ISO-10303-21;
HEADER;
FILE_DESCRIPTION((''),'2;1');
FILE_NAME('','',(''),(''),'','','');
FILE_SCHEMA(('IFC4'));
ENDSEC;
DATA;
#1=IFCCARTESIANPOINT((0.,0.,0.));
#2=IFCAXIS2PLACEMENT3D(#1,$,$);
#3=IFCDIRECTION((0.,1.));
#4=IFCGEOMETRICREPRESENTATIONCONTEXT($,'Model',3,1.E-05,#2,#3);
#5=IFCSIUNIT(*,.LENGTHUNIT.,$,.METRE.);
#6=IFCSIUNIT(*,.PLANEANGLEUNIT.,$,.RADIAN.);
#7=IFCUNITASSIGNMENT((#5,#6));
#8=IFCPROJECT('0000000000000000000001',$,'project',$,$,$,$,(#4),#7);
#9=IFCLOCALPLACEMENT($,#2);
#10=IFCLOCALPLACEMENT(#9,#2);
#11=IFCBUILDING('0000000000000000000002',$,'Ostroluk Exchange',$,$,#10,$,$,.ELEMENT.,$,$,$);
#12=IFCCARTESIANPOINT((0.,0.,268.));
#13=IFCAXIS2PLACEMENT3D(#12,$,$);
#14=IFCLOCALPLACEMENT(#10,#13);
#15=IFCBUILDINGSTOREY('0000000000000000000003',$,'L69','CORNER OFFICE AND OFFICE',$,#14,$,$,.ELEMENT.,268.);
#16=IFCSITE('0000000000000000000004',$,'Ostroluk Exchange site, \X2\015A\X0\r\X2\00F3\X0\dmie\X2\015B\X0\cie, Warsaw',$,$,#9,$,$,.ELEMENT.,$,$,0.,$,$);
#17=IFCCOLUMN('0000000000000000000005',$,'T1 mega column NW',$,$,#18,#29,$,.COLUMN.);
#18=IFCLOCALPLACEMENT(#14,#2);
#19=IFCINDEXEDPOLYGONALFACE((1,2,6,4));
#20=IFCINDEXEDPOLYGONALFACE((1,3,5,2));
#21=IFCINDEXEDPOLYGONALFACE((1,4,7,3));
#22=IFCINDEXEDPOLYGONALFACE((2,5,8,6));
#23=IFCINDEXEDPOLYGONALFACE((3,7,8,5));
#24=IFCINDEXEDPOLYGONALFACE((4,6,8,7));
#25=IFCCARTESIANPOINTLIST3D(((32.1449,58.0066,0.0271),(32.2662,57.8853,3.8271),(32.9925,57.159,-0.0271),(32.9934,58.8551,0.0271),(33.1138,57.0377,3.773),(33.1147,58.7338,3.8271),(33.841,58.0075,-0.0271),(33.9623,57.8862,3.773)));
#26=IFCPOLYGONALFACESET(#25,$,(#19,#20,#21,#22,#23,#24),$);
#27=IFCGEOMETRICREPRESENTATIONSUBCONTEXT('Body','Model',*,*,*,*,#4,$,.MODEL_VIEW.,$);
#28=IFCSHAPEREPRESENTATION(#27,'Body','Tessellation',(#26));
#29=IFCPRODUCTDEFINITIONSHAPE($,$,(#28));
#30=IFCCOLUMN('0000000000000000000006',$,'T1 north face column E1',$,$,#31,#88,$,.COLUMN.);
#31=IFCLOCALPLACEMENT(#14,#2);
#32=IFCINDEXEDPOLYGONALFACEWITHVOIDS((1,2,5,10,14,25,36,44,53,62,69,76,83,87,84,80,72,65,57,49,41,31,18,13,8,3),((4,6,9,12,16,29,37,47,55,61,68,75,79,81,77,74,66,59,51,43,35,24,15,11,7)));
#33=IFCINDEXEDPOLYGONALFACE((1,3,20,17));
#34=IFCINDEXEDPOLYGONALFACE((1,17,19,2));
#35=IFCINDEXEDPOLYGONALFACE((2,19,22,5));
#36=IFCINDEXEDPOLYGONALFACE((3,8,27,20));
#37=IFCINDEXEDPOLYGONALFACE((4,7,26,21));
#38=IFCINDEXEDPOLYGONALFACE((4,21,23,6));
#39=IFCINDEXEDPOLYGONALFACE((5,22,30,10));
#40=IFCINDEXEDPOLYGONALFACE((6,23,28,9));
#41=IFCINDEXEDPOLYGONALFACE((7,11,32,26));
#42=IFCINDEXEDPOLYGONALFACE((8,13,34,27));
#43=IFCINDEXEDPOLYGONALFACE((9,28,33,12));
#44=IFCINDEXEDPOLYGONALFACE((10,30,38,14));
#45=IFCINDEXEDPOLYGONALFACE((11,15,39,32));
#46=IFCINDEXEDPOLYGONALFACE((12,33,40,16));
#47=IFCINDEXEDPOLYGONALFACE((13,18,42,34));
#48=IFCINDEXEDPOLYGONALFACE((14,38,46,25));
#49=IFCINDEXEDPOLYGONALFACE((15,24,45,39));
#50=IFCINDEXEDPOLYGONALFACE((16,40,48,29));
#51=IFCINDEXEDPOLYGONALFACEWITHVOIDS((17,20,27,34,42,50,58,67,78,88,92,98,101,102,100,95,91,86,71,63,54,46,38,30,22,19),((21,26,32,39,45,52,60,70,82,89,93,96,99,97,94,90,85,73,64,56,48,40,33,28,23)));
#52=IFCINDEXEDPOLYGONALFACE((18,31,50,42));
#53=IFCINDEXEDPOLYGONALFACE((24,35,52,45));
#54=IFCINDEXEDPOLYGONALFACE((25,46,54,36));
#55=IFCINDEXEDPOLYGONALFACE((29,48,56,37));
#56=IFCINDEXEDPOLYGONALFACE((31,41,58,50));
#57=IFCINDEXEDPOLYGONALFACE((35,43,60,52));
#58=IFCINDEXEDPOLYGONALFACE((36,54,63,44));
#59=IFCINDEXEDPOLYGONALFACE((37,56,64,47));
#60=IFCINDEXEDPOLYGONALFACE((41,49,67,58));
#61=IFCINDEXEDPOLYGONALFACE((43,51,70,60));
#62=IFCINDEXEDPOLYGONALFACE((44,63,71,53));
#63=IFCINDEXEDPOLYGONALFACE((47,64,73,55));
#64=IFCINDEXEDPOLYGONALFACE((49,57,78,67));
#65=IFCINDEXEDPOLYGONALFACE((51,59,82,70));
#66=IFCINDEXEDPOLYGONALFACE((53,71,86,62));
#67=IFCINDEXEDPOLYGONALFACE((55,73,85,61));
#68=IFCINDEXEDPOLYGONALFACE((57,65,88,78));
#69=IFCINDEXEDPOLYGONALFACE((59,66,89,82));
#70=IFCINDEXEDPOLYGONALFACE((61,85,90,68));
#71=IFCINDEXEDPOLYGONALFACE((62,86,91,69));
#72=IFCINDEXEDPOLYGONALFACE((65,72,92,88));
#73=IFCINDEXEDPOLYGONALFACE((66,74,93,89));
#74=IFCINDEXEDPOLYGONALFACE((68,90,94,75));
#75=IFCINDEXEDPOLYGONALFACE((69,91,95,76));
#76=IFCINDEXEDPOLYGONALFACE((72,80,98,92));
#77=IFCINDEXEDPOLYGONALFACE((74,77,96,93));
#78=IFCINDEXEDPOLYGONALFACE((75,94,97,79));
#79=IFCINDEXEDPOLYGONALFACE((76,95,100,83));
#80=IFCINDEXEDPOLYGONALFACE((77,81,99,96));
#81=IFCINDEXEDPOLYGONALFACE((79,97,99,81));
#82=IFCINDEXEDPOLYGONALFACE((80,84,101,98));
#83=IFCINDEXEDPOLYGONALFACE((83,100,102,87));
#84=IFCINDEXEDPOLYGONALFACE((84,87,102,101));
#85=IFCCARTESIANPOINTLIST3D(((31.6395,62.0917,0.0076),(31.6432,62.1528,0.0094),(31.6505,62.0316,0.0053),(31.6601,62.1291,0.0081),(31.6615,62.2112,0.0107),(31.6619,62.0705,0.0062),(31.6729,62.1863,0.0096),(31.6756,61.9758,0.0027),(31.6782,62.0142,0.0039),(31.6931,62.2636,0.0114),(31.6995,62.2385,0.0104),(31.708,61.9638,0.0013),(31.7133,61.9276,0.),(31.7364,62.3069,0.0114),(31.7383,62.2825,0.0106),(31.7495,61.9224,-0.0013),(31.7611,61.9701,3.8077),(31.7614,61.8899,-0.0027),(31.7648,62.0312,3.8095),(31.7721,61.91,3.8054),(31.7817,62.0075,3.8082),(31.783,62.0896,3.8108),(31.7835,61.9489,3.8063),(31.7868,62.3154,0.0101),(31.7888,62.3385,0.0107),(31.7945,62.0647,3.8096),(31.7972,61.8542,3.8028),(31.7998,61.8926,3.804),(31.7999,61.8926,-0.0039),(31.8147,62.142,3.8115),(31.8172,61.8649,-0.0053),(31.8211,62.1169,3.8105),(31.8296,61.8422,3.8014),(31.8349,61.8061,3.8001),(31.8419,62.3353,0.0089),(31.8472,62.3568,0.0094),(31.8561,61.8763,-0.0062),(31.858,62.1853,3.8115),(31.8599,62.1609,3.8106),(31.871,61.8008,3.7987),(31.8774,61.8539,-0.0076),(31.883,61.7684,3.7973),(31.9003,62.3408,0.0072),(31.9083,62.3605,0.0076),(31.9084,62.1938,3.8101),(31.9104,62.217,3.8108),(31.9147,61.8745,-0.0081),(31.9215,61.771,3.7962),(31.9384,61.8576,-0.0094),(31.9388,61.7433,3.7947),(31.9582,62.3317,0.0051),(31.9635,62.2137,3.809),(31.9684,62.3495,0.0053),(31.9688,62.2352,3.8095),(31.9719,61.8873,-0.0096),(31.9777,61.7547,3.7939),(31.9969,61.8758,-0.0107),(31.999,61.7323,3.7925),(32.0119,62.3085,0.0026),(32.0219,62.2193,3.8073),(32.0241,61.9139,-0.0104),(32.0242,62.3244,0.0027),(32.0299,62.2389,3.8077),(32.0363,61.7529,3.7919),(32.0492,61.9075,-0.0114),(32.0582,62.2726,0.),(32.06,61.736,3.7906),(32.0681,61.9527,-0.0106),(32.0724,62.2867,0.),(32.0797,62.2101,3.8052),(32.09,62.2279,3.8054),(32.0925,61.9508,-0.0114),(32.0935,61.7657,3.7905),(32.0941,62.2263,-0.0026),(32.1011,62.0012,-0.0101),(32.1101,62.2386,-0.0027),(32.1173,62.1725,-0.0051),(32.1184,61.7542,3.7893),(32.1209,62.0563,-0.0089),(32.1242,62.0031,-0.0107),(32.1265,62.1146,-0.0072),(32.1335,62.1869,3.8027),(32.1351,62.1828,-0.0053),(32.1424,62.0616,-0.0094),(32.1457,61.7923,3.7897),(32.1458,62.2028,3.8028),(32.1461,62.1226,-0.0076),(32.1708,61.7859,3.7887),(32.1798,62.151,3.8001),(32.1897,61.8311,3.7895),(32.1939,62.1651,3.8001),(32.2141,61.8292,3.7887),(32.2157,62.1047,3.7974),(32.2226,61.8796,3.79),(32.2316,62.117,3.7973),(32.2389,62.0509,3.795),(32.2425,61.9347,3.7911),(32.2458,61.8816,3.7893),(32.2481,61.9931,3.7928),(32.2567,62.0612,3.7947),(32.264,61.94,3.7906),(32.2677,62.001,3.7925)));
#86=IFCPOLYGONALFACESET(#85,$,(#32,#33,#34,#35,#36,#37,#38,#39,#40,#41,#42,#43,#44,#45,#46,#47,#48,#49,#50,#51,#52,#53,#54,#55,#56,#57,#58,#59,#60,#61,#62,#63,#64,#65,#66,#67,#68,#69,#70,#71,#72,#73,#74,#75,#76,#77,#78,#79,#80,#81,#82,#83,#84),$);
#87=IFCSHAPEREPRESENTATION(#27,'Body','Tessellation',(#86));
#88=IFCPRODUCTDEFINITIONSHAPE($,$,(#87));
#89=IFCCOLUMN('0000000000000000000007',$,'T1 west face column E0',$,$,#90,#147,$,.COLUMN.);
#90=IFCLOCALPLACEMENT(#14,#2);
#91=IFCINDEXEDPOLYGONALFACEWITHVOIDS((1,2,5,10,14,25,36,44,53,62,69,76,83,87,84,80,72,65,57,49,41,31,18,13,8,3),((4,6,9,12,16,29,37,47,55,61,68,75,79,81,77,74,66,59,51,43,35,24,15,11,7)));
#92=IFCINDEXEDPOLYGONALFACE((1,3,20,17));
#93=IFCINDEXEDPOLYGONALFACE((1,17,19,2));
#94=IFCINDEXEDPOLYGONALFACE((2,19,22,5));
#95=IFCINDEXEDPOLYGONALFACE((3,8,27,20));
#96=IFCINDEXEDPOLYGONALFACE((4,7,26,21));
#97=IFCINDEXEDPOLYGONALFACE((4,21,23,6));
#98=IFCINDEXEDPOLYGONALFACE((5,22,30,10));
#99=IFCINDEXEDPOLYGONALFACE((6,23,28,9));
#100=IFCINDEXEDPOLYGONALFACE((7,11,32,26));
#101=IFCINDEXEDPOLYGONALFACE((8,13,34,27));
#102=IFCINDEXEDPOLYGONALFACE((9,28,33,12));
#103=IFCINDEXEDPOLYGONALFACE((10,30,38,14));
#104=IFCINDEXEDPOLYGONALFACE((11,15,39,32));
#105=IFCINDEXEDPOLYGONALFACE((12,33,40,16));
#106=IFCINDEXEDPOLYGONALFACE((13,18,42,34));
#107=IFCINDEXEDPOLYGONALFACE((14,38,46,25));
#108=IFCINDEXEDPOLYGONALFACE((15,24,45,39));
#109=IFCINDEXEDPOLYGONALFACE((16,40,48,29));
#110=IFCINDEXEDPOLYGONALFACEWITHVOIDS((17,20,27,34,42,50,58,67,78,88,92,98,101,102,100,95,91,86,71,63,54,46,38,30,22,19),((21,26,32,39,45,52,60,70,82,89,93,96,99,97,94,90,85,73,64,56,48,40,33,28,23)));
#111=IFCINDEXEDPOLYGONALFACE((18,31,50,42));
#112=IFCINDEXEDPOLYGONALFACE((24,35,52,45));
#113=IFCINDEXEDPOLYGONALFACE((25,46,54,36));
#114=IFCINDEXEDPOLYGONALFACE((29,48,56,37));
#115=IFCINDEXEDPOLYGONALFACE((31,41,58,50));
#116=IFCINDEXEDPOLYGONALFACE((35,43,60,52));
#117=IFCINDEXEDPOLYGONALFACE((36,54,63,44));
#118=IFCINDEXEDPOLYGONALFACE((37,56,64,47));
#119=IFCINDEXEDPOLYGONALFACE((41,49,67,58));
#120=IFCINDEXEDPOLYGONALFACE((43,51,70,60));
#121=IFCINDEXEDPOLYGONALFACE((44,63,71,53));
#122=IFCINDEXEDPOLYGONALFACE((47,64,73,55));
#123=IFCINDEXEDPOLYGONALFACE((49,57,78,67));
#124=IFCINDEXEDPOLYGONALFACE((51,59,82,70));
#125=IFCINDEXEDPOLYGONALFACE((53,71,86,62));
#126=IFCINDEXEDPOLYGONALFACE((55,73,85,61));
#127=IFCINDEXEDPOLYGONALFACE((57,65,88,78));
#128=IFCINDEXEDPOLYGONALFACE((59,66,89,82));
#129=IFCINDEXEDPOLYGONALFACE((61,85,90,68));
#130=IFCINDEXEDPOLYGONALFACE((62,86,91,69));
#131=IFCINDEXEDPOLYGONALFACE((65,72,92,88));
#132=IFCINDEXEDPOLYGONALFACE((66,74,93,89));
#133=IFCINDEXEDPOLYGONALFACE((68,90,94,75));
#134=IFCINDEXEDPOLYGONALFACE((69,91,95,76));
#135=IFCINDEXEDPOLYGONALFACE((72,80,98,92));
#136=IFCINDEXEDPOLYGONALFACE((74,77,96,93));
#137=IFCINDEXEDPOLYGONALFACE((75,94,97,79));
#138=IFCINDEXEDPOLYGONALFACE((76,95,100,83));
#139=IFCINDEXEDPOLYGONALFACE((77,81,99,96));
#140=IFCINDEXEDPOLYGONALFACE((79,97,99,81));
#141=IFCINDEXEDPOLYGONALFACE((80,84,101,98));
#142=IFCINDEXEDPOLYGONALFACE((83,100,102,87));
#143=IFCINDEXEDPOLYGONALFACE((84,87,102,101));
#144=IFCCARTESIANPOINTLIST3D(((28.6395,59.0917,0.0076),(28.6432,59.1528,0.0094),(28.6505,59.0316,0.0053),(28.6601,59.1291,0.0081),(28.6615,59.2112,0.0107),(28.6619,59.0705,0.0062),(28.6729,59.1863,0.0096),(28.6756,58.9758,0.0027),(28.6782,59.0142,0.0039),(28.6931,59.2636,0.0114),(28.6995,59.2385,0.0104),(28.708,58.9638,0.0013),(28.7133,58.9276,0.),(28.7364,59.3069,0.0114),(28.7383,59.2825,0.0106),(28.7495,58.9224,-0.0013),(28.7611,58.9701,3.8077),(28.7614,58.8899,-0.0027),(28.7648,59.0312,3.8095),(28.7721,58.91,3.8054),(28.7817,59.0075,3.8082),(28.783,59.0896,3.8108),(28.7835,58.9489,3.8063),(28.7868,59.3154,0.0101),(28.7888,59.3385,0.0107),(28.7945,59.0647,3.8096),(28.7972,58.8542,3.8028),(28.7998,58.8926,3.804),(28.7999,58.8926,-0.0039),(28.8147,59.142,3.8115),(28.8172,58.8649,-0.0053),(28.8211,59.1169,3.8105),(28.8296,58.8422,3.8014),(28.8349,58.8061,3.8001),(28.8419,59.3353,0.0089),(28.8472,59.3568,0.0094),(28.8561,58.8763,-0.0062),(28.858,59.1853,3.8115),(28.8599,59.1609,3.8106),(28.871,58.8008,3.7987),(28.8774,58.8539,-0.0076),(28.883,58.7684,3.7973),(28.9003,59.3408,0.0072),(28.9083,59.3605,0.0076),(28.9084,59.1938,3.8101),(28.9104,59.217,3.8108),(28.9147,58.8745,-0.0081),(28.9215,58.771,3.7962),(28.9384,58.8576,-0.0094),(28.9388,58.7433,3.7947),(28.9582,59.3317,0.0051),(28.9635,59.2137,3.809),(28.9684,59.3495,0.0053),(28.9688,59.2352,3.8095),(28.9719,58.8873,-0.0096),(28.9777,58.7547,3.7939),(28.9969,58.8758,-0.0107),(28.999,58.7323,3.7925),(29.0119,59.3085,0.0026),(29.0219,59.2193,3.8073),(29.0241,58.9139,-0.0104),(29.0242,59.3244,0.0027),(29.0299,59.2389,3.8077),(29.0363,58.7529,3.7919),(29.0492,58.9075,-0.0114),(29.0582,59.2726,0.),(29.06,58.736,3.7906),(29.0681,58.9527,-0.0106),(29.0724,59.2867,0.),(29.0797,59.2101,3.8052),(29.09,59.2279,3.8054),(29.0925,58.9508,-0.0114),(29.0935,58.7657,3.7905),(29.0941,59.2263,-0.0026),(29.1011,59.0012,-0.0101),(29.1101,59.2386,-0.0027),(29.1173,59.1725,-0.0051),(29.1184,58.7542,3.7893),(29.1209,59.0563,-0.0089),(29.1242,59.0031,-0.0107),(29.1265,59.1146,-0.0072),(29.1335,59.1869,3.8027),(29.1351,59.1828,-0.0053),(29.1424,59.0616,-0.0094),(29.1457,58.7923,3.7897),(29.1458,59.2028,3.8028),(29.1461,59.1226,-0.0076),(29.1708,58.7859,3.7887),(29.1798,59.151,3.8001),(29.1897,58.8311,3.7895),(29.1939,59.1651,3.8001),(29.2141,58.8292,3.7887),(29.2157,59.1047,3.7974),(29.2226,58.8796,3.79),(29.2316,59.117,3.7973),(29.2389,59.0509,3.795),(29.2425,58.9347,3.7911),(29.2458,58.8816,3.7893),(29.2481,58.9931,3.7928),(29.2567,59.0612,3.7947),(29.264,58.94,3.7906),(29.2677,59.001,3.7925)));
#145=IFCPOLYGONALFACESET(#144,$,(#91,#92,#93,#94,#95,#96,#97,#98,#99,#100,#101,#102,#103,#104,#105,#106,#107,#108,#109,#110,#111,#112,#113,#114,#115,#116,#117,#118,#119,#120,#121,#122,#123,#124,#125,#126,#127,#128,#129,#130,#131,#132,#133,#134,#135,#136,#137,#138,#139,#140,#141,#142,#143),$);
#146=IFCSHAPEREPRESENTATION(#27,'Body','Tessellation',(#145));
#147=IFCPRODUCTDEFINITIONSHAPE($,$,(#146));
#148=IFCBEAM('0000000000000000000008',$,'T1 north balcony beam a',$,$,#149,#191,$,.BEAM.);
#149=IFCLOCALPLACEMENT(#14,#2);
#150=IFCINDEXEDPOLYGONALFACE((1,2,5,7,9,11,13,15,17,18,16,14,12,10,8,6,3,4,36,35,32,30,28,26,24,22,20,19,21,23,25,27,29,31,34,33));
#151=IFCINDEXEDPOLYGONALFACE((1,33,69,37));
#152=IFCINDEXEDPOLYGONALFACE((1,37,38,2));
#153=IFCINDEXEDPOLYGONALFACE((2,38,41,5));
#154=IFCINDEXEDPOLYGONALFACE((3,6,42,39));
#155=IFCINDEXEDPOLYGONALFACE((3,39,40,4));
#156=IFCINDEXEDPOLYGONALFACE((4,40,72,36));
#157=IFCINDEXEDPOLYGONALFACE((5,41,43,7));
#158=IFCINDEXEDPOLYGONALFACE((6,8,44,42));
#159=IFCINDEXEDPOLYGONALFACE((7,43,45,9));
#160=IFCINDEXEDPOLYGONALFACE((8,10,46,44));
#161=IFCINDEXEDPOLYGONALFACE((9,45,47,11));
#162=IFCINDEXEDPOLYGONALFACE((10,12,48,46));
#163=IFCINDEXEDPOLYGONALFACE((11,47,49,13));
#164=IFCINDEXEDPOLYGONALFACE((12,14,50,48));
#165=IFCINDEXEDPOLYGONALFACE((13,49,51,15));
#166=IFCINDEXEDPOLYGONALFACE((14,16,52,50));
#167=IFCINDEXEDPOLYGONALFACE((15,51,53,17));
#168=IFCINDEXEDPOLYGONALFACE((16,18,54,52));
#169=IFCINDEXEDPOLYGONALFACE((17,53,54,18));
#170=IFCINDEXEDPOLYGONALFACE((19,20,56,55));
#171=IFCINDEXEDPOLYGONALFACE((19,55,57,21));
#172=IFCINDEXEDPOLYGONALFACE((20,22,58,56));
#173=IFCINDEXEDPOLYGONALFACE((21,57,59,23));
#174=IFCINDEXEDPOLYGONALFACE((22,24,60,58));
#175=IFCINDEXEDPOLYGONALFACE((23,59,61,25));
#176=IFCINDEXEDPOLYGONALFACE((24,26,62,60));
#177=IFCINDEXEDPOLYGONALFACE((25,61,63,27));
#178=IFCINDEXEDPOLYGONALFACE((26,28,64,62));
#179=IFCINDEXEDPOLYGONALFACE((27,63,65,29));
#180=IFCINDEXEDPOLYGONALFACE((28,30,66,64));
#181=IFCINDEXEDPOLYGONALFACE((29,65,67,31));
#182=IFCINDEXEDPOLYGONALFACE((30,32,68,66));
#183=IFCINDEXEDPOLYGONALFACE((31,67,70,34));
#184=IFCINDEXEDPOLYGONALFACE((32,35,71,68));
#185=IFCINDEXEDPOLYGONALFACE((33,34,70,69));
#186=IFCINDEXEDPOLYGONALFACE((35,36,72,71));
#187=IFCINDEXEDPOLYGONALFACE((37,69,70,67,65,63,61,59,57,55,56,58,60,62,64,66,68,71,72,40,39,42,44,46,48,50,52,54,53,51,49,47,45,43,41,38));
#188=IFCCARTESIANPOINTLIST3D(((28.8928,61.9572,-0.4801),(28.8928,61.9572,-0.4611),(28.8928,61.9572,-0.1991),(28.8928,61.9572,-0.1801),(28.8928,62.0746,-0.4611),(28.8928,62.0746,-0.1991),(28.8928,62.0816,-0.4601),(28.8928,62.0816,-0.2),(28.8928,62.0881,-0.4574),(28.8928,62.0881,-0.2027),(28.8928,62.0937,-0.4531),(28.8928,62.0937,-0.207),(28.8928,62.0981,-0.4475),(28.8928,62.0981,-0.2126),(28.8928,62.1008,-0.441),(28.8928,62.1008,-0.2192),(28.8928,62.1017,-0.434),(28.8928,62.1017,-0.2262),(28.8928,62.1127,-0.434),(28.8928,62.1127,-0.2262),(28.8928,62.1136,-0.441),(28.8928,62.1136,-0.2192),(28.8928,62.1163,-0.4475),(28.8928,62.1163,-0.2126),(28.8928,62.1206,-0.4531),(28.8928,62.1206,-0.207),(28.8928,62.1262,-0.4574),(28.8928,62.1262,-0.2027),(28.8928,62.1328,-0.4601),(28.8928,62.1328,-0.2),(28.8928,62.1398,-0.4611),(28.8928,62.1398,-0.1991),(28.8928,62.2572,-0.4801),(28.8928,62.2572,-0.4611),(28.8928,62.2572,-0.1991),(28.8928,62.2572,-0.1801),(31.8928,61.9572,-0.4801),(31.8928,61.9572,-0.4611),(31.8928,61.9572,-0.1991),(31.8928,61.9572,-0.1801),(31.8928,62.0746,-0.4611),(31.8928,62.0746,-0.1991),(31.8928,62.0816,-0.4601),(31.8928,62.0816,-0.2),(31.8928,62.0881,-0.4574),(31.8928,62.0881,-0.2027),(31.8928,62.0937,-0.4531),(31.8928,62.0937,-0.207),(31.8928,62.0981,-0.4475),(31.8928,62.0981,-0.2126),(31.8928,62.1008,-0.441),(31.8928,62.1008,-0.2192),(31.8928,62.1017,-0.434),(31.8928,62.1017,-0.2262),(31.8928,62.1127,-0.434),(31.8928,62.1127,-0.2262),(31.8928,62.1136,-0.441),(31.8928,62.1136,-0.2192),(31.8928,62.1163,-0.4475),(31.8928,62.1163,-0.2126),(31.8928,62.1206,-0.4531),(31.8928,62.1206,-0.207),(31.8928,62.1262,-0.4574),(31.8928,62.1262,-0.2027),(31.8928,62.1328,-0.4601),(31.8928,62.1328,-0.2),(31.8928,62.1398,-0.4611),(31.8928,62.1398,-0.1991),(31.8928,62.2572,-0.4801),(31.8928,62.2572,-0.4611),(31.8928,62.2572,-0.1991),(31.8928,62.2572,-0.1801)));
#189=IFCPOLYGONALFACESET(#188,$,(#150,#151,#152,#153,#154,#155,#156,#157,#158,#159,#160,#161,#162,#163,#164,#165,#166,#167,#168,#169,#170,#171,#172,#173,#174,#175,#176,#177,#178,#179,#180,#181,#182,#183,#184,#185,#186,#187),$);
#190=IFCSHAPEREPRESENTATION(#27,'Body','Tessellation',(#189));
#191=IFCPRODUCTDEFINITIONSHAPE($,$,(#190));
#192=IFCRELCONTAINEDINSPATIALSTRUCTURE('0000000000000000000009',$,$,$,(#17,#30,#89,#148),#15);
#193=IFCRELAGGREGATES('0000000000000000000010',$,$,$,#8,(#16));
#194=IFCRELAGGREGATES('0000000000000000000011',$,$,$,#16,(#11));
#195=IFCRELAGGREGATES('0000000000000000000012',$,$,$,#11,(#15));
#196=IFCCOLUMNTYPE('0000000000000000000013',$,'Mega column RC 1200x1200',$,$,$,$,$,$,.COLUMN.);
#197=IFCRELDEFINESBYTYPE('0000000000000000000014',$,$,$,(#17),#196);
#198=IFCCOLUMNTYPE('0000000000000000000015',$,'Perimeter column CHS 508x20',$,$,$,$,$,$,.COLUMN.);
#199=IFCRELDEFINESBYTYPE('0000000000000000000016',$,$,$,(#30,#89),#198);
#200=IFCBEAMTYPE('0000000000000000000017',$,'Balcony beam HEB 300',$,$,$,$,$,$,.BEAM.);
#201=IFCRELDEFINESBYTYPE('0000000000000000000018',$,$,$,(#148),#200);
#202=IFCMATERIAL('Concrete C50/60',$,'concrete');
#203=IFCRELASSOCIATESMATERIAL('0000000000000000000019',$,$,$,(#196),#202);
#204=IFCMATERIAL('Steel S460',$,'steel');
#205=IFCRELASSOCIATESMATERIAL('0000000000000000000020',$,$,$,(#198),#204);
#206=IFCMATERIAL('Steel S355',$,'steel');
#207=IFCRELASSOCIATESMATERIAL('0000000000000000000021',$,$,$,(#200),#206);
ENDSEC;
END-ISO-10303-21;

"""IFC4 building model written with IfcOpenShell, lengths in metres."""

from ifc_helpers import new_model, si_unit, direction, frame, origin, origin_2d, place, context, subcontext, project, spatial, rectangle, hollow_circle, i_section, extrude, material, material_profile, profile_set, type_object, element, save


model = new_model("IFC4")

# Units and contexts
model_context = context("Model", 3, precision=1e-05, world=origin(), true_north=direction((0.0, 1.0)))
body_context = subcontext(model_context, "Body", "Model", "MODEL_VIEW")
ifc_project = project(units=[si_unit("LENGTHUNIT", "METRE"), si_unit("PLANEANGLEUNIT", "RADIAN")], contexts=[model_context])

# Site, building, storey
site_placement = place(None, origin())
site = spatial("IfcSite", under=ifc_project, at=site_placement, Name="Ostroluk Exchange site, Śródmieście, Warsaw", CompositionType="ELEMENT", RefElevation=0.0)
building_placement = place(site_placement, origin())
building = spatial("IfcBuilding", under=site, at=building_placement, Name="Ostroluk Exchange", CompositionType="ELEMENT")
storey_placement = place(building_placement, frame((0.0, 0.0, 268.0)))
storey = spatial("IfcBuildingStorey", under=building, at=storey_placement, Name="L69", Description="CORNER OFFICE AND OFFICE", CompositionType="ELEMENT", Elevation=268.0)

# Columns
ifc_material_1 = material(Name="Concrete C50/60", Category="concrete")
ifc_material_profile_1 = material_profile(ifc_material_1, rectangle(XDim=1.2, YDim=1.2, at=origin_2d()), Name="RC 1200x1200")
ifc_profile_set_1 = profile_set([ifc_material_profile_1], Name="Concrete C50/60")
column_type_1 = type_object("IfcColumnType", Name="Mega column RC 1200x1200", PredefinedType="COLUMN", material=ifc_profile_set_1)
column_placement = place(storey_placement, frame((32.9929, 58.0071, 0.0), z_axis=(0.031898, -0.031898, 0.998982), x_axis=(0.707107, 0.707107, 0.0)))
element("IfcColumn", 1, at=column_placement, inside=storey, type_object=column_type_1, Name="T1 mega column NW", PredefinedType="COLUMN", context=body_context, shape_type="SweptSolid", body=[
    extrude(rectangle(XDim=1.2, YDim=1.2, at=origin_2d()), origin(), (0.0, 0.0, 1.0), 3.804),
])
ifc_material_2 = material(Name="Steel S460", Category="steel")
ifc_material_profile_2 = material_profile(ifc_material_2, hollow_circle(Radius=0.2539, WallThickness=0.02, at=origin_2d()), Name="CHS 508x20")
ifc_profile_set_2 = profile_set([ifc_material_profile_2], Name="Steel S460")
column_type_2 = type_object("IfcColumnType", Name="Perimeter column CHS 508x20", PredefinedType="COLUMN", material=ifc_profile_set_2)
for number, where, z_axis, x_axis, name in (
    (2, (31.8928, 62.1072, 0.0), (0.031962, -0.031962, 0.998978), (0.707107, 0.707107, 0.0), "T1 north face column E1"),
    (3, (28.8928, 59.1072, 0.0), (0.031962, -0.031962, 0.998978), (0.707107, 0.707107, 0.0), "T1 west face column E0"),
):
    element("IfcColumn", number, at=place(storey_placement, frame(where, z_axis=z_axis, x_axis=x_axis)), inside=storey, type_object=column_type_2, Name=name, PredefinedType="COLUMN", context=body_context, shape_type="SweptSolid", body=[
        extrude(hollow_circle(Radius=0.2539, WallThickness=0.02, at=origin_2d()), origin(), (0.0, 0.0, 1.0), 3.804),
    ])

# Beam
ifc_material_3 = material(Name="Steel S355", Category="steel")
ifc_material_profile_3 = material_profile(ifc_material_3, i_section(OverallWidth=0.3, OverallDepth=0.3, WebThickness=0.011, FlangeThickness=0.019, FilletRadius=0.0271, at=origin_2d()), Name="HEB 300")
ifc_profile_set_3 = profile_set([ifc_material_profile_3], Name="Steel S355")
beam_type_1 = type_object("IfcBeamType", Name="Balcony beam HEB 300", PredefinedType="BEAM", material=ifc_profile_set_3)
for number, where, z_axis, x_axis, name in (
    (4, (31.8928, 62.1072, -0.3301), (-1.0, 0.0, 0.0), (0.0, -1.0, 0.0), "T1 north balcony beam a"),
):
    element("IfcBeam", number, at=place(storey_placement, frame(where, z_axis=z_axis, x_axis=x_axis)), inside=storey, type_object=beam_type_1, Name=name, PredefinedType="BEAM", context=body_context, shape_type="SweptSolid", body=[
        extrude(i_section(OverallWidth=0.3, OverallDepth=0.3, WebThickness=0.011, FlangeThickness=0.019, FilletRadius=0.0271, at=origin_2d()), origin(), (0.0, 0.0, 1.0), 3.0),
    ])

save(model, "model.ifc")
